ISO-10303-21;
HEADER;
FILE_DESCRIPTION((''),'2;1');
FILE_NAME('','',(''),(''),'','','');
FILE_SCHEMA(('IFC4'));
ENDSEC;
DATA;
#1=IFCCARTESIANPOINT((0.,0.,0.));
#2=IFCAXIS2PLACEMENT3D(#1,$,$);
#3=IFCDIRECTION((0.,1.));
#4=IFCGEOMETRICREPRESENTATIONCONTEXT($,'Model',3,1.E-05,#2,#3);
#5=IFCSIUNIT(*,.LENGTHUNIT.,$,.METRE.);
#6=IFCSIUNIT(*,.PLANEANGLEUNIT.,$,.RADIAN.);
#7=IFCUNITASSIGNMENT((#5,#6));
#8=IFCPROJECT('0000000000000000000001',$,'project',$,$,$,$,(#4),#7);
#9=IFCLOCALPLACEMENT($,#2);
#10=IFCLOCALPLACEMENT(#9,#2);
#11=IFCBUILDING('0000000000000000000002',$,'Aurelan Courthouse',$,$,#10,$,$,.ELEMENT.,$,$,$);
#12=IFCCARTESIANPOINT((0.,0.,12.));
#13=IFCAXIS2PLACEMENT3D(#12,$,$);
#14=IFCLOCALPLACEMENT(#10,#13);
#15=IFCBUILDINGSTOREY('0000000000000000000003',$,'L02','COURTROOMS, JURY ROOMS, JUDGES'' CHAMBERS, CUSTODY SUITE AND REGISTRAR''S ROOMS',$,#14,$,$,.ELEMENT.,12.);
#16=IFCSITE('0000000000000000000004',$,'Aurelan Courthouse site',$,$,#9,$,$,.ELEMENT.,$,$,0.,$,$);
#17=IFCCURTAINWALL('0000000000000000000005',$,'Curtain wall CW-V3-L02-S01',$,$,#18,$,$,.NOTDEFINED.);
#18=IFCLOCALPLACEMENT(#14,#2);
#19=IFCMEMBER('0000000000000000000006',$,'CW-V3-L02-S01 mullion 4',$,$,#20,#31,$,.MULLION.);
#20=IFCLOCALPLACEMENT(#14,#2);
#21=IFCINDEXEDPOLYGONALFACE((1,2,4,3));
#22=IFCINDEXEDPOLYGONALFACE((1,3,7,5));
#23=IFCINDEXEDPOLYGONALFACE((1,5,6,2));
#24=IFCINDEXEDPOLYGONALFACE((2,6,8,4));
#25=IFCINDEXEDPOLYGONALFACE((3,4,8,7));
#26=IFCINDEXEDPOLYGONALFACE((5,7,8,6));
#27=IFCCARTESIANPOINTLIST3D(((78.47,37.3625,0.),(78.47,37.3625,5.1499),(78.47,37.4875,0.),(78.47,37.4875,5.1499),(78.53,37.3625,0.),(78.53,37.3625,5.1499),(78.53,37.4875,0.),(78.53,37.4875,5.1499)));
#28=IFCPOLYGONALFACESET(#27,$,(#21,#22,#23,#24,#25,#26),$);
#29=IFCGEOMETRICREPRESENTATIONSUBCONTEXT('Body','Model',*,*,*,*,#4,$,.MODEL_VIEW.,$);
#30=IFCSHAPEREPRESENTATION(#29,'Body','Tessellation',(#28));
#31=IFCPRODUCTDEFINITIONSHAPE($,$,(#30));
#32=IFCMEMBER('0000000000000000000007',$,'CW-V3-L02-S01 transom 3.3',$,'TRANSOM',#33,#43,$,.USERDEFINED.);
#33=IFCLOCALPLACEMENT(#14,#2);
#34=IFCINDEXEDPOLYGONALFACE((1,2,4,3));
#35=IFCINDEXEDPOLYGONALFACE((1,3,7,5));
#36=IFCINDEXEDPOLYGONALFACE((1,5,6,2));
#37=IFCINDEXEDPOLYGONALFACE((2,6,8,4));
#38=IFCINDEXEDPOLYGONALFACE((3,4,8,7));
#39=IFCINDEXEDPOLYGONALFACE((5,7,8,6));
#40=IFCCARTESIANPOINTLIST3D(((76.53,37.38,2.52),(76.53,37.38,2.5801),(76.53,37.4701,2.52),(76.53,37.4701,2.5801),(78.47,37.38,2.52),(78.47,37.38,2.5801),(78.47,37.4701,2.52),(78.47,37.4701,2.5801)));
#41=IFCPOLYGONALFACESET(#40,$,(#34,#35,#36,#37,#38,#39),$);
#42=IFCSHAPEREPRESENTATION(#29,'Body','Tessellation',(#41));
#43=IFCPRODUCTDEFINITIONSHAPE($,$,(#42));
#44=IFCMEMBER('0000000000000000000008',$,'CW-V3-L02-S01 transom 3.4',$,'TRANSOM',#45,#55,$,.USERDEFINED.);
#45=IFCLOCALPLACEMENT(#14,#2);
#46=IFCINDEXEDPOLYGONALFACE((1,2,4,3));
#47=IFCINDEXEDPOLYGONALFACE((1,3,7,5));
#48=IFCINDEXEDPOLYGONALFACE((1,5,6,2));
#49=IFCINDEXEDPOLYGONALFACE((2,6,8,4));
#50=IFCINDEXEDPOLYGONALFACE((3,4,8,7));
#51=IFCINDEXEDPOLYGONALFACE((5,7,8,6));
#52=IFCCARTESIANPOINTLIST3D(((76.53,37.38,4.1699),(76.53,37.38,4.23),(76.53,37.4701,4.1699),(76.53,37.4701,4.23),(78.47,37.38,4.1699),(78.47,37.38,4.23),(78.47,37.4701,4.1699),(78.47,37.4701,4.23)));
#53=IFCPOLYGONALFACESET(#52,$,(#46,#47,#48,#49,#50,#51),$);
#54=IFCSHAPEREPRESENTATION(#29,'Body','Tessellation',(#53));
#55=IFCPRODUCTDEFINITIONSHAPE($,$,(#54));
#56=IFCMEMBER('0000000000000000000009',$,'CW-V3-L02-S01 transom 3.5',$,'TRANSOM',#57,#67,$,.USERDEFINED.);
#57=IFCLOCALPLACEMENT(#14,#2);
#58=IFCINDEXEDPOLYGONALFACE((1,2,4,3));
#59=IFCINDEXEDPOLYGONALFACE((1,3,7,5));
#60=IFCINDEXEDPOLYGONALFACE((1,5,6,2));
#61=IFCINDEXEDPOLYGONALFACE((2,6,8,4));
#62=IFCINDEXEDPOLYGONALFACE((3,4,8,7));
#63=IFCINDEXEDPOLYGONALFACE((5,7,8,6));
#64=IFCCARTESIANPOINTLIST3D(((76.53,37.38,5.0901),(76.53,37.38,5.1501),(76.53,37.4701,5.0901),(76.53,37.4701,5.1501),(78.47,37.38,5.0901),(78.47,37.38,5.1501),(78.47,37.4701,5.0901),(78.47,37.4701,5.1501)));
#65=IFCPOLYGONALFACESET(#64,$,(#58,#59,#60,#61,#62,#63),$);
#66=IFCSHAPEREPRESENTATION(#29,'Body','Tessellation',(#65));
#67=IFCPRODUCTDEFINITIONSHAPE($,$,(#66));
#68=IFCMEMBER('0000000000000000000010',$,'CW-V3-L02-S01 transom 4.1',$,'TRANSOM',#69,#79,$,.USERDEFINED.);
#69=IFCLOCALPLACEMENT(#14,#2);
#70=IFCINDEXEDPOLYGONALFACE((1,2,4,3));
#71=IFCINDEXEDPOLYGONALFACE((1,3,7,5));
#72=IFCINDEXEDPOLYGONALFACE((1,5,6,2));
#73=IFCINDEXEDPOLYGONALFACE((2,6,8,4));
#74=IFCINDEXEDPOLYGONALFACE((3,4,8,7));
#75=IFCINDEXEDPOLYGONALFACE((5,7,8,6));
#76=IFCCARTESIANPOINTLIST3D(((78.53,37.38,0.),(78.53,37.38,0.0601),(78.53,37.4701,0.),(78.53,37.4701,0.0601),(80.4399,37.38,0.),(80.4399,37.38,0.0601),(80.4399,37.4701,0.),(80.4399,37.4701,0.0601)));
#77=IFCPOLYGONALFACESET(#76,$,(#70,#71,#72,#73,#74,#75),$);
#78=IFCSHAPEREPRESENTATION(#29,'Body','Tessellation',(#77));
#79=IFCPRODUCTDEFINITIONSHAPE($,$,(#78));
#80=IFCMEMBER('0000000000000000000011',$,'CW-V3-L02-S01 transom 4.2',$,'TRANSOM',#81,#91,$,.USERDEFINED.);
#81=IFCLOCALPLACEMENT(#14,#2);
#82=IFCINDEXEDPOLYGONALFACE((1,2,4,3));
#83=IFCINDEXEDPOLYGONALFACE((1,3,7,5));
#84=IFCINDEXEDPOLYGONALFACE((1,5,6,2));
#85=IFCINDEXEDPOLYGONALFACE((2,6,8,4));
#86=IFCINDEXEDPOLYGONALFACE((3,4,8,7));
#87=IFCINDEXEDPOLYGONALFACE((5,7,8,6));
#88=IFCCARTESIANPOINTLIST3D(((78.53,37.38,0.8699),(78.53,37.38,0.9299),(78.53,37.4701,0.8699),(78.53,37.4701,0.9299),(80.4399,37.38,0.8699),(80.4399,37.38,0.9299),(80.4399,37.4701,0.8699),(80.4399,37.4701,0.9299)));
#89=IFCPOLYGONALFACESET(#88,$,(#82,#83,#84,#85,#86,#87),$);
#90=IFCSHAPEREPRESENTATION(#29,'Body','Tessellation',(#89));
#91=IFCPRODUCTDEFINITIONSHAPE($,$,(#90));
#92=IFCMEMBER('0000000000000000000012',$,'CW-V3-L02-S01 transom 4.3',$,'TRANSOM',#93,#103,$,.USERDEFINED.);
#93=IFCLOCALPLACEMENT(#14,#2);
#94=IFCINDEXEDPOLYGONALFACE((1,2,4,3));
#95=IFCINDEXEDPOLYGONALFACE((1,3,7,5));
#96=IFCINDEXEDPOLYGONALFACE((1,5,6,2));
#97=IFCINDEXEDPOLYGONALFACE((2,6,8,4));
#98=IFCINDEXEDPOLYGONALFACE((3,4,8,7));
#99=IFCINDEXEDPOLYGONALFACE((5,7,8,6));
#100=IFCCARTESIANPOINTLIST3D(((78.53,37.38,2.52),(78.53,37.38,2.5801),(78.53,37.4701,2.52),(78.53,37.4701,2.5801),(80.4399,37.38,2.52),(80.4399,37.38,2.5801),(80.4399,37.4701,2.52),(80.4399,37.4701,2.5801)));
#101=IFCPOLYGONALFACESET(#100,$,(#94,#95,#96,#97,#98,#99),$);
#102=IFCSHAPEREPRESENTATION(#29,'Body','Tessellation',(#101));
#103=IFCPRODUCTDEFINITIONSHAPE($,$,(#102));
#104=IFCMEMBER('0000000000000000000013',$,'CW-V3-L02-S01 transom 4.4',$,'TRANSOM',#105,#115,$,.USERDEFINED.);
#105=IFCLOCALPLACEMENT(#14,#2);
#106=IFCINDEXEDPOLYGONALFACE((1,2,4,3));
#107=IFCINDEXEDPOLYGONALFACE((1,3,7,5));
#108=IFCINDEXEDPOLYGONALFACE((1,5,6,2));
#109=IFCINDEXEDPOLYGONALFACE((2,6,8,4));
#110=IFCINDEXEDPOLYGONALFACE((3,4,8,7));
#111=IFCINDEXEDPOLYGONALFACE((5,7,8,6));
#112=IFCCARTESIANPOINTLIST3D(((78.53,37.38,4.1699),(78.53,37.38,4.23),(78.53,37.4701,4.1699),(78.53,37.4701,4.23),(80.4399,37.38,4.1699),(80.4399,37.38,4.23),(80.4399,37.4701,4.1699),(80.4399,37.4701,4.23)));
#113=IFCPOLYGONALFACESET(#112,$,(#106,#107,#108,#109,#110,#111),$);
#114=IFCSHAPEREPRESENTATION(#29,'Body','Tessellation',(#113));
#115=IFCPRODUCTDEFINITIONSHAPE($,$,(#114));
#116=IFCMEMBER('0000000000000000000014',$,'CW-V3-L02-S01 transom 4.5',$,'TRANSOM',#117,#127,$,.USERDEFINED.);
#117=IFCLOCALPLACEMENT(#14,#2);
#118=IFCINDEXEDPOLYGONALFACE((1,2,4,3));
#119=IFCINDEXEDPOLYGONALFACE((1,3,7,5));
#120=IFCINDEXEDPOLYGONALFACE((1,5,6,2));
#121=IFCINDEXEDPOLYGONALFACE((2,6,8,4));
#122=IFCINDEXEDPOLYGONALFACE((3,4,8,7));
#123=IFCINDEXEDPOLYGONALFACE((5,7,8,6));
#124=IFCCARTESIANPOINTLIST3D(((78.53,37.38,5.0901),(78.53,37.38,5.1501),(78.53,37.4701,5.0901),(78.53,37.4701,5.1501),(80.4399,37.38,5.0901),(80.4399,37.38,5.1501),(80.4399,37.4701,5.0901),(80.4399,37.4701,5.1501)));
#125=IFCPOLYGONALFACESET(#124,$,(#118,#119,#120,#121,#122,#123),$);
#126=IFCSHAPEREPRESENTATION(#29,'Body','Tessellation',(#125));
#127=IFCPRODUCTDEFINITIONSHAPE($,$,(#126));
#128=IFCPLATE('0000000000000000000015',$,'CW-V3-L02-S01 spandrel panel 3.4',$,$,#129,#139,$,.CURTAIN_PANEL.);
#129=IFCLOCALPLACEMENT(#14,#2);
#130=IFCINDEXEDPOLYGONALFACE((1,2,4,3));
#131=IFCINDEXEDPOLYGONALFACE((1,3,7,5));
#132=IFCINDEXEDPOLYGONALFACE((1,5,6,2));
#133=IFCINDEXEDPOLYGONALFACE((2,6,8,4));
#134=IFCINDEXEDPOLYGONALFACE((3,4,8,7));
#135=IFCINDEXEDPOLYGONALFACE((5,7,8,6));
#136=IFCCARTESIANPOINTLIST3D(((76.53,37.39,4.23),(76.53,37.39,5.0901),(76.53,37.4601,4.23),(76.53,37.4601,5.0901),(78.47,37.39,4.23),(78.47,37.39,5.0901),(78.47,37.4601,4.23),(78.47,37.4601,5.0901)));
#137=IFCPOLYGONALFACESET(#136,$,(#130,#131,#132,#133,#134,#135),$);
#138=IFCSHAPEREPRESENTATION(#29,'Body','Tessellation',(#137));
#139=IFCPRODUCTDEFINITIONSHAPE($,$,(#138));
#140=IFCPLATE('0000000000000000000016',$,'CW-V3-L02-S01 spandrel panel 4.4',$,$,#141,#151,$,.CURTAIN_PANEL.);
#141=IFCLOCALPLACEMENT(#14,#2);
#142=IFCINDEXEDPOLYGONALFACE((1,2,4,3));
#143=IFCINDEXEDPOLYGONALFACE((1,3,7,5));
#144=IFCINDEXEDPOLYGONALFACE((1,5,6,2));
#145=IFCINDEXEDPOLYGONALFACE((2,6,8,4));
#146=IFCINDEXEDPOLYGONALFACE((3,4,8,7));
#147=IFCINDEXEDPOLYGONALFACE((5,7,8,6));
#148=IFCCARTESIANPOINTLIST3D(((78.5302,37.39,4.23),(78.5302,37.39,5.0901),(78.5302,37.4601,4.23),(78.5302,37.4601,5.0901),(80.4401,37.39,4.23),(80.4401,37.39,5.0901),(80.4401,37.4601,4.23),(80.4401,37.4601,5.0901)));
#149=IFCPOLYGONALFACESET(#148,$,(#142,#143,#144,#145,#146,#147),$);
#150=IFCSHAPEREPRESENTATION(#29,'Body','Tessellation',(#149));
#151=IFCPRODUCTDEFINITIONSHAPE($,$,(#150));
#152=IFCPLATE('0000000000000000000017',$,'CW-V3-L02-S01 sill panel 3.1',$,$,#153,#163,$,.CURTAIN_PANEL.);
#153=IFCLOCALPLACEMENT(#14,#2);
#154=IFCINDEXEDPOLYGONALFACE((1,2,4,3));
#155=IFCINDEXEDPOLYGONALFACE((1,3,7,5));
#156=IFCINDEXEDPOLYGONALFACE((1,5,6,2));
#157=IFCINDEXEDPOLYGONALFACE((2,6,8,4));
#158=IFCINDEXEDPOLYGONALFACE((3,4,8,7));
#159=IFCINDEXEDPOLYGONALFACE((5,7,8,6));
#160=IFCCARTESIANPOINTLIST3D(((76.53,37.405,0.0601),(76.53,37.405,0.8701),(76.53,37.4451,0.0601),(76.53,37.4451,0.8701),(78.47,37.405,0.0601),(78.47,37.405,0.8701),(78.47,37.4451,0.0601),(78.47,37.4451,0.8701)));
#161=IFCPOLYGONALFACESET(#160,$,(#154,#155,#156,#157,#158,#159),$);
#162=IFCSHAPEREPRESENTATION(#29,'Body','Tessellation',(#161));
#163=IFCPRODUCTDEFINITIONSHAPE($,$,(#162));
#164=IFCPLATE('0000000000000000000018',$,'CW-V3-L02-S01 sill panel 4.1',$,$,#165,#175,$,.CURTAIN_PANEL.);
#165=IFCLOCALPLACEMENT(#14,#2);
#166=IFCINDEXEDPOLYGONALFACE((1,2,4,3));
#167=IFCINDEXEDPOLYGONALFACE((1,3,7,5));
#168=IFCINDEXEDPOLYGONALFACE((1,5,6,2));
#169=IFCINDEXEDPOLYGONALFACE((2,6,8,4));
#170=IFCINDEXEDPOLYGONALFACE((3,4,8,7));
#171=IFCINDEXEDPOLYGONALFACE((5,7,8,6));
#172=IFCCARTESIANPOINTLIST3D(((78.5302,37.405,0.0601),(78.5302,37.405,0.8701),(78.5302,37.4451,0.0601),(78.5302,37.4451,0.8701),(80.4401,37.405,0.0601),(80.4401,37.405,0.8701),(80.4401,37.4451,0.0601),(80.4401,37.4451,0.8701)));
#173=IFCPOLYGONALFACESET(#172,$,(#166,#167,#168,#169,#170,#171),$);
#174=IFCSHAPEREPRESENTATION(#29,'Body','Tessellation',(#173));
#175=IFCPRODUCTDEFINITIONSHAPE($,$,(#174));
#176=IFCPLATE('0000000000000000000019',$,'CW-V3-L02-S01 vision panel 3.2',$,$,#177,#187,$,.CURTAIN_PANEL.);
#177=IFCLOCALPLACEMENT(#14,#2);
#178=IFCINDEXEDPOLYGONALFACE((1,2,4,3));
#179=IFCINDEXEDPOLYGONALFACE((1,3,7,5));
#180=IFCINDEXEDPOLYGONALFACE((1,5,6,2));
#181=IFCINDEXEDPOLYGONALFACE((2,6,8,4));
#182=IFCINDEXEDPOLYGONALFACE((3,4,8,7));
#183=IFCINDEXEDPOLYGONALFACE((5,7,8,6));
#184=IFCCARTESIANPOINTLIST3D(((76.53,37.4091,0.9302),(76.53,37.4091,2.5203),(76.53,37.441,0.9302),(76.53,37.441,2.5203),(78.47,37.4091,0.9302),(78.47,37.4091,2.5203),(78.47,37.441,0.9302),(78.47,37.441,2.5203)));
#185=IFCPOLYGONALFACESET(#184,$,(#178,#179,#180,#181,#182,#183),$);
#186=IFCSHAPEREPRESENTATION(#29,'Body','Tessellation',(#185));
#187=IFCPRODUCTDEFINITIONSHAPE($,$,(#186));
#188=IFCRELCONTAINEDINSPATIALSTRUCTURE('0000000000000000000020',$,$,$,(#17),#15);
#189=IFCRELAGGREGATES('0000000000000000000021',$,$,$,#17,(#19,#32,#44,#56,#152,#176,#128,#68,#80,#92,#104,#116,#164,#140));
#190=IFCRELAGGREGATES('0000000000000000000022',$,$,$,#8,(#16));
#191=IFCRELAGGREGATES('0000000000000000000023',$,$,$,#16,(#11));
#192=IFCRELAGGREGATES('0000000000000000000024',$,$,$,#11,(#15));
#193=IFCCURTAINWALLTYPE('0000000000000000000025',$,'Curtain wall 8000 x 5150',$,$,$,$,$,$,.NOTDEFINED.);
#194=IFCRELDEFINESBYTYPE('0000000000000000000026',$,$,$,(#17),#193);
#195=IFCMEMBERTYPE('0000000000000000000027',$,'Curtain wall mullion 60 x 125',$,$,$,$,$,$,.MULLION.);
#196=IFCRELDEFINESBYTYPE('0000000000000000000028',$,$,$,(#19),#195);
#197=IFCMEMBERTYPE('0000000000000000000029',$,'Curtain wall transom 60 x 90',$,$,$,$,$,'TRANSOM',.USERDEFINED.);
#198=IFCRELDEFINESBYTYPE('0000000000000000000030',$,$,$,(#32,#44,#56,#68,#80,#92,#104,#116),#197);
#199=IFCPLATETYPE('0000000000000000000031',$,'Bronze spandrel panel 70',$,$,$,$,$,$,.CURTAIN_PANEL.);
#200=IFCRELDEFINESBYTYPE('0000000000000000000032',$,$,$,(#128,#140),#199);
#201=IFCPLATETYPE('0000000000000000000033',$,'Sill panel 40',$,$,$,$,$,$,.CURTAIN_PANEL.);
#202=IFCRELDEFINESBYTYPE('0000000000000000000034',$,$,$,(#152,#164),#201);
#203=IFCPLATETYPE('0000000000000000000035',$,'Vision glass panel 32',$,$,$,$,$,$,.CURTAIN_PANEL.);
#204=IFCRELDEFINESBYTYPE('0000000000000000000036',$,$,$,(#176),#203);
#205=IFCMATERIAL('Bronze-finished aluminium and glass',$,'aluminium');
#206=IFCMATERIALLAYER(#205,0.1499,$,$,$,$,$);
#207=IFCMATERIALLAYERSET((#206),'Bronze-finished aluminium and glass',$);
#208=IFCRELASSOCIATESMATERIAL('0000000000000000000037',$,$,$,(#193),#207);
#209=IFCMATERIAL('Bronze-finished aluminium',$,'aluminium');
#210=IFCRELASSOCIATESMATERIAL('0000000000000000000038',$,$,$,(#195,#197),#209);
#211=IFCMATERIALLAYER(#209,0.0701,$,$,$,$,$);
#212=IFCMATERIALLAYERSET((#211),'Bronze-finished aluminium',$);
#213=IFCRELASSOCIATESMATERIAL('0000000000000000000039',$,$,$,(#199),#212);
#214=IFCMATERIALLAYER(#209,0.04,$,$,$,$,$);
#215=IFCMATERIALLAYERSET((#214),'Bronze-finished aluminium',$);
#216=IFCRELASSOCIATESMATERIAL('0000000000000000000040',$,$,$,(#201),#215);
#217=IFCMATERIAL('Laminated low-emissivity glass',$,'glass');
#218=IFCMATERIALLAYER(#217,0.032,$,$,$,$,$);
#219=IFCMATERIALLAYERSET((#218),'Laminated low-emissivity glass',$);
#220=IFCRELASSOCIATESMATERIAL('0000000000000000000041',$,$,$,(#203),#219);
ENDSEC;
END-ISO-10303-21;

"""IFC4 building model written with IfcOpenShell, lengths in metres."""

from ifc_helpers import new_model, si_unit, direction, frame, origin, origin_2d, place, context, subcontext, project, spatial, rectangle, extrude, material, layer, layer_set, material_profile, profile_set, type_object, element, aggregate, save


model = new_model("IFC4")

# Units and contexts
model_context = context("Model", 3, precision=1e-05, world=origin(), true_north=direction((0.0, 1.0)))
body_context = subcontext(model_context, "Body", "Model", "MODEL_VIEW")
ifc_project = project(units=[si_unit("LENGTHUNIT", "METRE"), si_unit("PLANEANGLEUNIT", "RADIAN")], contexts=[model_context])

# Site, building, storey
site_placement = place(None, origin())
site = spatial("IfcSite", under=ifc_project, at=site_placement, Name="Aurelan Courthouse site", CompositionType="ELEMENT", RefElevation=0.0)
building_placement = place(site_placement, origin())
building = spatial("IfcBuilding", under=site, at=building_placement, Name="Aurelan Courthouse", CompositionType="ELEMENT")
storey_placement = place(building_placement, frame((0.0, 0.0, 12.0)))
storey = spatial("IfcBuildingStorey", under=building, at=storey_placement, Name="L02", Description="COURTROOMS, JURY ROOMS, JUDGES' CHAMBERS, CUSTODY SUITE AND REGISTRAR'S ROOMS", CompositionType="ELEMENT", Elevation=12.0)

# Curtain wall, members, plates
ifc_material_1 = material(Name="Bronze-finished aluminium and glass", Category="aluminium")
ifc_layer_1 = layer(ifc_material_1, 0.1499)
ifc_layer_set_1 = layer_set([ifc_layer_1], Name="Bronze-finished aluminium and glass")
curtain_wall_type = type_object("IfcCurtainWallType", Name="Curtain wall 8000 x 5150", PredefinedType="NOTDEFINED", material=ifc_layer_set_1)
curtain_wall_placement = place(storey_placement, origin())
curtain_wall = element("IfcCurtainWall", 1, at=curtain_wall_placement, inside=storey, type_object=curtain_wall_type, Name="Curtain wall CW-V3-L02-S01", PredefinedType="NOTDEFINED")
ifc_material_2 = material(Name="Bronze-finished aluminium", Category="aluminium")
ifc_material_profile_1 = material_profile(ifc_material_2, rectangle(XDim=0.125, YDim=0.0601, at=origin_2d()), Name="Bronze mullion 60 x 125")
ifc_profile_set_1 = profile_set([ifc_material_profile_1], Name="Bronze-finished aluminium")
member_type_1 = type_object("IfcMemberType", Name="Curtain wall mullion 60 x 125", PredefinedType="MULLION", material=ifc_profile_set_1)
member_1_placement = place(storey_placement, frame((78.5, 37.425, 0.0), z_axis=(0.0, 0.0, 1.0), x_axis=(0.0, 1.0, 0.0)))
member_1 = element("IfcMember", 2, at=member_1_placement, type_object=member_type_1, Name="CW-V3-L02-S01 mullion 4", PredefinedType="MULLION", context=body_context, shape_type="SweptSolid", body=[
    extrude(rectangle(XDim=0.125, YDim=0.0601, at=origin_2d()), origin(), (0.0, 0.0, 1.0), 5.1499),
])
ifc_material_profile_2 = material_profile(ifc_material_2, rectangle(XDim=0.0901, YDim=0.0601, at=origin_2d()), Name="Bronze transom 60 x 90")
ifc_profile_set_2 = profile_set([ifc_material_profile_2], Name="Bronze-finished aluminium")
member_type_2 = type_object("IfcMemberType", Name="Curtain wall transom 60 x 90", ElementType="TRANSOM", PredefinedType="USERDEFINED", material=ifc_profile_set_2)
member_2_placement = place(storey_placement, frame((76.53, 37.425, 2.55), z_axis=(1.0, 0.0, 0.0), x_axis=(0.0, 1.0, 0.0)))
member_2 = element("IfcMember", 3, at=member_2_placement, type_object=member_type_2, Name="CW-V3-L02-S01 transom 3.3", ObjectType="TRANSOM", PredefinedType="USERDEFINED", context=body_context, shape_type="SweptSolid", body=[
    extrude(rectangle(XDim=0.0901, YDim=0.0601, at=origin_2d()), origin(), (0.0, 0.0, 1.0), 1.9399),
])
member_3_placement = place(storey_placement, frame((76.53, 37.425, 4.2), z_axis=(1.0, 0.0, 0.0), x_axis=(0.0, 1.0, 0.0)))
member_3 = element("IfcMember", 4, at=member_3_placement, type_object=member_type_2, Name="CW-V3-L02-S01 transom 3.4", ObjectType="TRANSOM", PredefinedType="USERDEFINED", context=body_context, shape_type="SweptSolid", body=[
    extrude(rectangle(XDim=0.0901, YDim=0.0601, at=origin_2d()), origin(), (0.0, 0.0, 1.0), 1.9399),
])
member_4_placement = place(storey_placement, frame((76.53, 37.425, 5.1201), z_axis=(1.0, 0.0, 0.0), x_axis=(0.0, 1.0, 0.0)))
member_4 = element("IfcMember", 5, at=member_4_placement, type_object=member_type_2, Name="CW-V3-L02-S01 transom 3.5", ObjectType="TRANSOM", PredefinedType="USERDEFINED", context=body_context, shape_type="SweptSolid", body=[
    extrude(rectangle(XDim=0.0901, YDim=0.0601, at=origin_2d()), origin(), (0.0, 0.0, 1.0), 1.9399),
])
member_5_placement = place(storey_placement, frame((78.53, 37.425, 0.03), z_axis=(1.0, 0.0, 0.0), x_axis=(0.0, 1.0, 0.0)))
member_5 = element("IfcMember", 6, at=member_5_placement, type_object=member_type_2, Name="CW-V3-L02-S01 transom 4.1", ObjectType="TRANSOM", PredefinedType="USERDEFINED", context=body_context, shape_type="SweptSolid", body=[
    extrude(rectangle(XDim=0.0901, YDim=0.0601, at=origin_2d()), origin(), (0.0, 0.0, 1.0), 1.9099),
])
member_6_placement = place(storey_placement, frame((78.53, 37.425, 0.8999), z_axis=(1.0, 0.0, 0.0), x_axis=(0.0, 1.0, 0.0)))
member_6 = element("IfcMember", 7, at=member_6_placement, type_object=member_type_2, Name="CW-V3-L02-S01 transom 4.2", ObjectType="TRANSOM", PredefinedType="USERDEFINED", context=body_context, shape_type="SweptSolid", body=[
    extrude(rectangle(XDim=0.0901, YDim=0.0601, at=origin_2d()), origin(), (0.0, 0.0, 1.0), 1.9099),
])
member_7_placement = place(storey_placement, frame((78.53, 37.425, 2.55), z_axis=(1.0, 0.0, 0.0), x_axis=(0.0, 1.0, 0.0)))
member_7 = element("IfcMember", 8, at=member_7_placement, type_object=member_type_2, Name="CW-V3-L02-S01 transom 4.3", ObjectType="TRANSOM", PredefinedType="USERDEFINED", context=body_context, shape_type="SweptSolid", body=[
    extrude(rectangle(XDim=0.0901, YDim=0.0601, at=origin_2d()), origin(), (0.0, 0.0, 1.0), 1.9099),
])
member_8_placement = place(storey_placement, frame((78.53, 37.425, 4.2), z_axis=(1.0, 0.0, 0.0), x_axis=(0.0, 1.0, 0.0)))
member_8 = element("IfcMember", 9, at=member_8_placement, type_object=member_type_2, Name="CW-V3-L02-S01 transom 4.4", ObjectType="TRANSOM", PredefinedType="USERDEFINED", context=body_context, shape_type="SweptSolid", body=[
    extrude(rectangle(XDim=0.0901, YDim=0.0601, at=origin_2d()), origin(), (0.0, 0.0, 1.0), 1.9099),
])
member_9_placement = place(storey_placement, frame((78.53, 37.425, 5.1201), z_axis=(1.0, 0.0, 0.0), x_axis=(0.0, 1.0, 0.0)))
member_9 = element("IfcMember", 10, at=member_9_placement, type_object=member_type_2, Name="CW-V3-L02-S01 transom 4.5", ObjectType="TRANSOM", PredefinedType="USERDEFINED", context=body_context, shape_type="SweptSolid", body=[
    extrude(rectangle(XDim=0.0901, YDim=0.0601, at=origin_2d()), origin(), (0.0, 0.0, 1.0), 1.9099),
])
ifc_layer_2 = layer(ifc_material_2, 0.0701)
ifc_layer_set_2 = layer_set([ifc_layer_2], Name="Bronze-finished aluminium")
plate_type_1 = type_object("IfcPlateType", Name="Bronze spandrel panel 70", PredefinedType="CURTAIN_PANEL", material=ifc_layer_set_2)
plate_1_placement = place(storey_placement, frame((77.5, 37.425, 4.23), z_axis=(0.0, 0.0, 1.0), x_axis=(1.0, 0.0, 0.0)))
plate_1 = element("IfcPlate", 11, at=plate_1_placement, type_object=plate_type_1, Name="CW-V3-L02-S01 spandrel panel 3.4", PredefinedType="CURTAIN_PANEL", context=body_context, shape_type="SweptSolid", body=[
    extrude(rectangle(XDim=1.9399, YDim=0.0701, at=origin_2d()), origin(), (0.0, 0.0, 1.0), 0.8601),
])
plate_2_placement = place(storey_placement, frame((79.4851, 37.425, 4.23), z_axis=(0.0, 0.0, 1.0), x_axis=(1.0, 0.0, 0.0)))
plate_2 = element("IfcPlate", 12, at=plate_2_placement, type_object=plate_type_1, Name="CW-V3-L02-S01 spandrel panel 4.4", PredefinedType="CURTAIN_PANEL", context=body_context, shape_type="SweptSolid", body=[
    extrude(rectangle(XDim=1.9099, YDim=0.0701, at=origin_2d()), origin(), (0.0, 0.0, 1.0), 0.8601),
])
ifc_layer_3 = layer(ifc_material_2, 0.04)
ifc_layer_set_3 = layer_set([ifc_layer_3], Name="Bronze-finished aluminium")
plate_type_2 = type_object("IfcPlateType", Name="Sill panel 40", PredefinedType="CURTAIN_PANEL", material=ifc_layer_set_3)
plate_3_placement = place(storey_placement, frame((77.5, 37.425, 0.0601), z_axis=(0.0, 0.0, 1.0), x_axis=(1.0, 0.0, 0.0)))
plate_3 = element("IfcPlate", 13, at=plate_3_placement, type_object=plate_type_2, Name="CW-V3-L02-S01 sill panel 3.1", PredefinedType="CURTAIN_PANEL", context=body_context, shape_type="SweptSolid", body=[
    extrude(rectangle(XDim=1.9399, YDim=0.04, at=origin_2d()), origin(), (0.0, 0.0, 1.0), 0.8101),
])
plate_4_placement = place(storey_placement, frame((79.4851, 37.425, 0.0601), z_axis=(0.0, 0.0, 1.0), x_axis=(1.0, 0.0, 0.0)))
plate_4 = element("IfcPlate", 14, at=plate_4_placement, type_object=plate_type_2, Name="CW-V3-L02-S01 sill panel 4.1", PredefinedType="CURTAIN_PANEL", context=body_context, shape_type="SweptSolid", body=[
    extrude(rectangle(XDim=1.9099, YDim=0.04, at=origin_2d()), origin(), (0.0, 0.0, 1.0), 0.8101),
])
ifc_material_3 = material(Name="Laminated low-emissivity glass", Category="glass")
ifc_layer_4 = layer(ifc_material_3, 0.032)
ifc_layer_set_4 = layer_set([ifc_layer_4], Name="Laminated low-emissivity glass")
plate_type_3 = type_object("IfcPlateType", Name="Vision glass panel 32", PredefinedType="CURTAIN_PANEL", material=ifc_layer_set_4)
plate_5_placement = place(storey_placement, frame((77.5, 37.425, 0.9302), z_axis=(0.0, 0.0, 1.0), x_axis=(1.0, 0.0, 0.0)))
plate_5 = element("IfcPlate", 15, at=plate_5_placement, type_object=plate_type_3, Name="CW-V3-L02-S01 vision panel 3.2", PredefinedType="CURTAIN_PANEL", context=body_context, shape_type="SweptSolid", body=[
    extrude(rectangle(XDim=1.9399, YDim=0.032, at=origin_2d()), origin(), (0.0, 0.0, 1.0), 1.5901),
])
aggregate(curtain_wall, [member_1, member_2, member_3, member_4, plate_3, plate_5, plate_1, member_5, member_6, member_7, member_8, member_9, plate_4, plate_2])

save(model, "model.ifc")
